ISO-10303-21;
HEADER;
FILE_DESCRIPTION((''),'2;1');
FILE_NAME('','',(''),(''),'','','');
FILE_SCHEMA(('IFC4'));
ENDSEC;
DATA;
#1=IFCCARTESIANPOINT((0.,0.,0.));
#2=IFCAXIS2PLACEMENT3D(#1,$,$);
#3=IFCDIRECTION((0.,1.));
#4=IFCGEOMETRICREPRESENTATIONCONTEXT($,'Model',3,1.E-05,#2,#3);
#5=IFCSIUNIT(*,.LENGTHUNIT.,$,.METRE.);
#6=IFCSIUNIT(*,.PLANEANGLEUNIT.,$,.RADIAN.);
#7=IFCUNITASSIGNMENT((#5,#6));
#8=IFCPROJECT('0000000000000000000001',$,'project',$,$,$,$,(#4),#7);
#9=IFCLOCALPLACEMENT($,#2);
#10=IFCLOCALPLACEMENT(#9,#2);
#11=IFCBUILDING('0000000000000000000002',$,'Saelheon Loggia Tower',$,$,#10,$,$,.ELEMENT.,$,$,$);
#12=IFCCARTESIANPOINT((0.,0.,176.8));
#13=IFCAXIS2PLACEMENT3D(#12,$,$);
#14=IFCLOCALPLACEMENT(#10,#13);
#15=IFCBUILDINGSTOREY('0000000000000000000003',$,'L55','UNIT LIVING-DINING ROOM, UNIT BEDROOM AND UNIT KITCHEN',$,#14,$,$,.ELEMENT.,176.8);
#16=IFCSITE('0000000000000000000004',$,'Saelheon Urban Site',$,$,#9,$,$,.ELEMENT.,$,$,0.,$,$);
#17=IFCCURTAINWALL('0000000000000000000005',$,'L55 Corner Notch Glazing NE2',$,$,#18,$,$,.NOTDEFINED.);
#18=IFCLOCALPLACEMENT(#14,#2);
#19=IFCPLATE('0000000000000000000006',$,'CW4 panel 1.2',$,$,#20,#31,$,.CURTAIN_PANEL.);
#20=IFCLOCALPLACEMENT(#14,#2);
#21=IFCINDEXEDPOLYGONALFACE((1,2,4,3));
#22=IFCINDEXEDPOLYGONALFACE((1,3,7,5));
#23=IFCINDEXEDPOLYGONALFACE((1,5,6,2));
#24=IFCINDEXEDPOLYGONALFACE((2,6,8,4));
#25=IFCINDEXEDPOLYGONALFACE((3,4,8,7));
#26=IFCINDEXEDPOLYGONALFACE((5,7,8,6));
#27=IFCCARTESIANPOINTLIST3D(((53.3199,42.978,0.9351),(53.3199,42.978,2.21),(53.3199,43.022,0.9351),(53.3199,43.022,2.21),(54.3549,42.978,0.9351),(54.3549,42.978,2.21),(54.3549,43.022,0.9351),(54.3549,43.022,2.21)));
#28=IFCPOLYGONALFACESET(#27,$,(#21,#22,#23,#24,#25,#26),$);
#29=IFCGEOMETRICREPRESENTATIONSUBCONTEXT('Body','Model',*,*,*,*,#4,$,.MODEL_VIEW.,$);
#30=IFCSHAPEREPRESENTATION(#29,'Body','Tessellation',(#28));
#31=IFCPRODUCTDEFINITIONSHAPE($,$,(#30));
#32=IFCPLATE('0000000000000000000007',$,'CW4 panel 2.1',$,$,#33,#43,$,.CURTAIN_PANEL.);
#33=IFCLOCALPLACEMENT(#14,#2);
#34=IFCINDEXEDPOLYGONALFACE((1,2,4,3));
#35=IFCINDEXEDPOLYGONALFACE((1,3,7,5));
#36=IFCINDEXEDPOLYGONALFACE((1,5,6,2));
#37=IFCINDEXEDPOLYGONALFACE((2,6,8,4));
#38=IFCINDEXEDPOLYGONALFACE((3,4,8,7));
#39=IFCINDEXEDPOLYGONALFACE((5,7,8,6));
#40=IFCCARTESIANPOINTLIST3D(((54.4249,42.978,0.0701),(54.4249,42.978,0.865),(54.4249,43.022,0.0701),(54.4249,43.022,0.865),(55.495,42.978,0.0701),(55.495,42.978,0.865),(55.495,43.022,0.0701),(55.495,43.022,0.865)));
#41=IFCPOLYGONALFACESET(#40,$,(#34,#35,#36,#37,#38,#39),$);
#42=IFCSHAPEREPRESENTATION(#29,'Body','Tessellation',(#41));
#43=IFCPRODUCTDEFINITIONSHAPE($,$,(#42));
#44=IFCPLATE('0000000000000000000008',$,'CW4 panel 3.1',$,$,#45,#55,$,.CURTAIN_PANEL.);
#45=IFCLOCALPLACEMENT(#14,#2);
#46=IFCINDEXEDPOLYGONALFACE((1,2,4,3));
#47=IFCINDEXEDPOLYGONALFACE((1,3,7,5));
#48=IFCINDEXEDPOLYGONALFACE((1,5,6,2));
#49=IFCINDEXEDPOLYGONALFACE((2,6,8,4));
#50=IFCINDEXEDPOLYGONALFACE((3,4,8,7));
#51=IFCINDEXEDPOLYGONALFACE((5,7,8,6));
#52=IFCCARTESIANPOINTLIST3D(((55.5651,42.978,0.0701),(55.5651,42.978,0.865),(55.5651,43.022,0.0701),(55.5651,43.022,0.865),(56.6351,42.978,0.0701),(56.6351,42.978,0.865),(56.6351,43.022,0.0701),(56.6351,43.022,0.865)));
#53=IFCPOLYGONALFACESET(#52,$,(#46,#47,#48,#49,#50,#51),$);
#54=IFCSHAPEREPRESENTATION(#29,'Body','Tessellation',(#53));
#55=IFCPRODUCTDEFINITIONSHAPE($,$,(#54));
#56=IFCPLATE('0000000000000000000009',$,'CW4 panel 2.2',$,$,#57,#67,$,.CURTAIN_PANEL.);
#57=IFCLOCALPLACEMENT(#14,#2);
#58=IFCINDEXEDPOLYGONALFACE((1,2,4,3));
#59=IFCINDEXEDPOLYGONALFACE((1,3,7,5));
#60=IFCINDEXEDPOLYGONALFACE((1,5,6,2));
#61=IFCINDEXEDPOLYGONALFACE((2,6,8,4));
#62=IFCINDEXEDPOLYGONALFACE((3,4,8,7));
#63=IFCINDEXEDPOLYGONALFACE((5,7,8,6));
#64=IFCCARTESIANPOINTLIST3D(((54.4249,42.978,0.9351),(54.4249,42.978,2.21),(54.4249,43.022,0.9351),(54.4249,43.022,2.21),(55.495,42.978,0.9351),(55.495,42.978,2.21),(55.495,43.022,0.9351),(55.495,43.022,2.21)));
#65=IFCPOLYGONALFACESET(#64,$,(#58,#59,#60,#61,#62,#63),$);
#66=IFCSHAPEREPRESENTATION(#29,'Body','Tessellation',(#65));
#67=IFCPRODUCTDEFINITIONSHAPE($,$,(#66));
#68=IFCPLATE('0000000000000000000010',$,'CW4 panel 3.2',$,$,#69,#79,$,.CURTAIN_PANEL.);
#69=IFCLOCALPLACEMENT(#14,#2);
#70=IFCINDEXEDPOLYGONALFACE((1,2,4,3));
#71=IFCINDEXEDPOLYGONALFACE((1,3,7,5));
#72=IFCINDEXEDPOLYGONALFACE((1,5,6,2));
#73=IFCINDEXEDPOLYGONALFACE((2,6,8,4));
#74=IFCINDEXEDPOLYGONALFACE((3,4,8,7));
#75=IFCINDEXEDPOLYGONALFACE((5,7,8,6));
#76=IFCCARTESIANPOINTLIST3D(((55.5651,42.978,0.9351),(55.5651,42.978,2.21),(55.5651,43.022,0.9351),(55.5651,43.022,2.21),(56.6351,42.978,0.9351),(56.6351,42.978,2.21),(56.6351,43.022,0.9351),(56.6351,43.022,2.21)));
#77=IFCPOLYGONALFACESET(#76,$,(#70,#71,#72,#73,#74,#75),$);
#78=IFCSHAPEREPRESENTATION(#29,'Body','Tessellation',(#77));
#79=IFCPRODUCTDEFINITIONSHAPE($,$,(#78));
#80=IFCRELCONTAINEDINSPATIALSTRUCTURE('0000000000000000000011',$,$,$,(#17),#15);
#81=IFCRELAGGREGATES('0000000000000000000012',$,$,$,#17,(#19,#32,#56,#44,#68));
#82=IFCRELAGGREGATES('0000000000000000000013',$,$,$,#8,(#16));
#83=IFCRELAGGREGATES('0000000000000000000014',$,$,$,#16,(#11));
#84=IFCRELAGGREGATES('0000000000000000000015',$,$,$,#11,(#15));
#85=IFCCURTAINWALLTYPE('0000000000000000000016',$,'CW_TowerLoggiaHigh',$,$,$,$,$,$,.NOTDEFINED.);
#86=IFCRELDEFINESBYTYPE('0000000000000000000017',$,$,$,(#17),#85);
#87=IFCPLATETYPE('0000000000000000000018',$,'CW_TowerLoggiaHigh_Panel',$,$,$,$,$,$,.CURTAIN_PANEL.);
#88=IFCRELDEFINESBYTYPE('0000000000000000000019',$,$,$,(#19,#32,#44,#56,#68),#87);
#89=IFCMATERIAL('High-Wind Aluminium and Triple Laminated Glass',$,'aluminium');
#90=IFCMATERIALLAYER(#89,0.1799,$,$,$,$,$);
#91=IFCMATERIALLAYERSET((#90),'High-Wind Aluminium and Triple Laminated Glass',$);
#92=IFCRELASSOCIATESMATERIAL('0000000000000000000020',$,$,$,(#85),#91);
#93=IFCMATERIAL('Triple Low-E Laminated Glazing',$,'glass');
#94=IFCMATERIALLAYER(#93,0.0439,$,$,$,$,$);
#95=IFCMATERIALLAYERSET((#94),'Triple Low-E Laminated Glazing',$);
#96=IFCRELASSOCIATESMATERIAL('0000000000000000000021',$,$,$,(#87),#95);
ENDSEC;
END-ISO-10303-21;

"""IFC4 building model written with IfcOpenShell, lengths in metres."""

from ifc_helpers import new_model, si_unit, direction, frame, origin, origin_2d, place, context, subcontext, project, spatial, rectangle, extrude, source, transform, mapped, material, layer, layer_set, type_object, element, aggregate, save


model = new_model("IFC4")

# Units and contexts
model_context = context("Model", 3, precision=1e-05, world=origin(), true_north=direction((0.0, 1.0)))
body_context = subcontext(model_context, "Body", "Model", "MODEL_VIEW")
ifc_project = project(units=[si_unit("LENGTHUNIT", "METRE"), si_unit("PLANEANGLEUNIT", "RADIAN")], contexts=[model_context])

# Site, building, storey
site_placement = place(None, origin())
site = spatial("IfcSite", under=ifc_project, at=site_placement, Name="Saelheon Urban Site", CompositionType="ELEMENT", RefElevation=0.0)
building_placement = place(site_placement, origin())
building = spatial("IfcBuilding", under=site, at=building_placement, Name="Saelheon Loggia Tower", CompositionType="ELEMENT")
storey_placement = place(building_placement, frame((0.0, 0.0, 176.8)))
storey = spatial("IfcBuildingStorey", under=building, at=storey_placement, Name="L55", Description="UNIT LIVING-DINING ROOM, UNIT BEDROOM AND UNIT KITCHEN", CompositionType="ELEMENT", Elevation=176.8)

# Curtain wall, plates
ifc_material_1 = material(Name="High-Wind Aluminium and Triple Laminated Glass", Category="aluminium")
ifc_layer_1 = layer(ifc_material_1, 0.1799)
ifc_layer_set_1 = layer_set([ifc_layer_1], Name="High-Wind Aluminium and Triple Laminated Glass")
curtain_wall_type = type_object("IfcCurtainWallType", Name="CW_TowerLoggiaHigh", PredefinedType="NOTDEFINED", material=ifc_layer_set_1)
curtain_wall_placement = place(storey_placement, origin())
curtain_wall = element("IfcCurtainWall", 1, at=curtain_wall_placement, inside=storey, type_object=curtain_wall_type, Name="L55 Corner Notch Glazing NE2", PredefinedType="NOTDEFINED")
ifc_material_2 = material(Name="Triple Low-E Laminated Glazing", Category="glass")
ifc_layer_2 = layer(ifc_material_2, 0.0439)
ifc_layer_set_2 = layer_set([ifc_layer_2], Name="Triple Low-E Laminated Glazing")
plate_type = type_object("IfcPlateType", Name="CW_TowerLoggiaHigh_Panel", PredefinedType="CURTAIN_PANEL", material=ifc_layer_set_2)
shared_shape_1 = source(origin(), body_context, "Body", "SweptSolid", [
    extrude(rectangle(XDim=1.0349, YDim=0.0439, at=origin_2d()), origin(), (0.0, 0.0, 1.0), 1.2749),
])
plate_1_placement = place(storey_placement, frame((53.8374, 43.0, 0.9351), z_axis=(0.0, 0.0, 1.0), x_axis=(1.0, 0.0, 0.0)))
plate_1 = element("IfcPlate", 2, at=plate_1_placement, type_object=plate_type, Name="CW4 panel 1.2", PredefinedType="CURTAIN_PANEL", context=body_context, shape_type="MappedRepresentation", body=[
    mapped(shared_shape_1, transform((0.0, 0.0, 0.0), scale=1.0)),
])
shared_shape_2 = source(origin(), body_context, "Body", "SweptSolid", [
    extrude(rectangle(XDim=1.0701, YDim=0.0439, at=origin_2d()), origin(), (0.0, 0.0, 1.0), 0.7949),
])
plate_2_placement = place(storey_placement, frame((54.96, 43.0, 0.0701), z_axis=(0.0, 0.0, 1.0), x_axis=(1.0, 0.0, 0.0)))
plate_2 = element("IfcPlate", 3, at=plate_2_placement, type_object=plate_type, Name="CW4 panel 2.1", PredefinedType="CURTAIN_PANEL", context=body_context, shape_type="MappedRepresentation", body=[
    mapped(shared_shape_2, transform((0.0, 0.0, 0.0), scale=1.0)),
])
plate_3_placement = place(storey_placement, frame((56.1001, 43.0, 0.0701), z_axis=(0.0, 0.0, 1.0), x_axis=(1.0, 0.0, 0.0)))
plate_3 = element("IfcPlate", 4, at=plate_3_placement, type_object=plate_type, Name="CW4 panel 3.1", PredefinedType="CURTAIN_PANEL", context=body_context, shape_type="MappedRepresentation", body=[
    mapped(shared_shape_2, transform((0.0, 0.0, 0.0), scale=1.0)),
])
shared_shape_3 = source(origin(), body_context, "Body", "SweptSolid", [
    extrude(rectangle(XDim=1.0701, YDim=0.0439, at=origin_2d()), origin(), (0.0, 0.0, 1.0), 1.2749),
])
plate_4_placement = place(storey_placement, frame((54.96, 43.0, 0.9351), z_axis=(0.0, 0.0, 1.0), x_axis=(1.0, 0.0, 0.0)))
plate_4 = element("IfcPlate", 5, at=plate_4_placement, type_object=plate_type, Name="CW4 panel 2.2", PredefinedType="CURTAIN_PANEL", context=body_context, shape_type="MappedRepresentation", body=[
    mapped(shared_shape_3, transform((0.0, 0.0, 0.0), scale=1.0)),
])
plate_5_placement = place(storey_placement, frame((56.1001, 43.0, 0.9351), z_axis=(0.0, 0.0, 1.0), x_axis=(1.0, 0.0, 0.0)))
plate_5 = element("IfcPlate", 6, at=plate_5_placement, type_object=plate_type, Name="CW4 panel 3.2", PredefinedType="CURTAIN_PANEL", context=body_context, shape_type="MappedRepresentation", body=[
    mapped(shared_shape_3, transform((0.0, 0.0, 0.0), scale=1.0)),
])
aggregate(curtain_wall, [plate_1, plate_2, plate_4, plate_3, plate_5])

save(model, "model.ifc")
